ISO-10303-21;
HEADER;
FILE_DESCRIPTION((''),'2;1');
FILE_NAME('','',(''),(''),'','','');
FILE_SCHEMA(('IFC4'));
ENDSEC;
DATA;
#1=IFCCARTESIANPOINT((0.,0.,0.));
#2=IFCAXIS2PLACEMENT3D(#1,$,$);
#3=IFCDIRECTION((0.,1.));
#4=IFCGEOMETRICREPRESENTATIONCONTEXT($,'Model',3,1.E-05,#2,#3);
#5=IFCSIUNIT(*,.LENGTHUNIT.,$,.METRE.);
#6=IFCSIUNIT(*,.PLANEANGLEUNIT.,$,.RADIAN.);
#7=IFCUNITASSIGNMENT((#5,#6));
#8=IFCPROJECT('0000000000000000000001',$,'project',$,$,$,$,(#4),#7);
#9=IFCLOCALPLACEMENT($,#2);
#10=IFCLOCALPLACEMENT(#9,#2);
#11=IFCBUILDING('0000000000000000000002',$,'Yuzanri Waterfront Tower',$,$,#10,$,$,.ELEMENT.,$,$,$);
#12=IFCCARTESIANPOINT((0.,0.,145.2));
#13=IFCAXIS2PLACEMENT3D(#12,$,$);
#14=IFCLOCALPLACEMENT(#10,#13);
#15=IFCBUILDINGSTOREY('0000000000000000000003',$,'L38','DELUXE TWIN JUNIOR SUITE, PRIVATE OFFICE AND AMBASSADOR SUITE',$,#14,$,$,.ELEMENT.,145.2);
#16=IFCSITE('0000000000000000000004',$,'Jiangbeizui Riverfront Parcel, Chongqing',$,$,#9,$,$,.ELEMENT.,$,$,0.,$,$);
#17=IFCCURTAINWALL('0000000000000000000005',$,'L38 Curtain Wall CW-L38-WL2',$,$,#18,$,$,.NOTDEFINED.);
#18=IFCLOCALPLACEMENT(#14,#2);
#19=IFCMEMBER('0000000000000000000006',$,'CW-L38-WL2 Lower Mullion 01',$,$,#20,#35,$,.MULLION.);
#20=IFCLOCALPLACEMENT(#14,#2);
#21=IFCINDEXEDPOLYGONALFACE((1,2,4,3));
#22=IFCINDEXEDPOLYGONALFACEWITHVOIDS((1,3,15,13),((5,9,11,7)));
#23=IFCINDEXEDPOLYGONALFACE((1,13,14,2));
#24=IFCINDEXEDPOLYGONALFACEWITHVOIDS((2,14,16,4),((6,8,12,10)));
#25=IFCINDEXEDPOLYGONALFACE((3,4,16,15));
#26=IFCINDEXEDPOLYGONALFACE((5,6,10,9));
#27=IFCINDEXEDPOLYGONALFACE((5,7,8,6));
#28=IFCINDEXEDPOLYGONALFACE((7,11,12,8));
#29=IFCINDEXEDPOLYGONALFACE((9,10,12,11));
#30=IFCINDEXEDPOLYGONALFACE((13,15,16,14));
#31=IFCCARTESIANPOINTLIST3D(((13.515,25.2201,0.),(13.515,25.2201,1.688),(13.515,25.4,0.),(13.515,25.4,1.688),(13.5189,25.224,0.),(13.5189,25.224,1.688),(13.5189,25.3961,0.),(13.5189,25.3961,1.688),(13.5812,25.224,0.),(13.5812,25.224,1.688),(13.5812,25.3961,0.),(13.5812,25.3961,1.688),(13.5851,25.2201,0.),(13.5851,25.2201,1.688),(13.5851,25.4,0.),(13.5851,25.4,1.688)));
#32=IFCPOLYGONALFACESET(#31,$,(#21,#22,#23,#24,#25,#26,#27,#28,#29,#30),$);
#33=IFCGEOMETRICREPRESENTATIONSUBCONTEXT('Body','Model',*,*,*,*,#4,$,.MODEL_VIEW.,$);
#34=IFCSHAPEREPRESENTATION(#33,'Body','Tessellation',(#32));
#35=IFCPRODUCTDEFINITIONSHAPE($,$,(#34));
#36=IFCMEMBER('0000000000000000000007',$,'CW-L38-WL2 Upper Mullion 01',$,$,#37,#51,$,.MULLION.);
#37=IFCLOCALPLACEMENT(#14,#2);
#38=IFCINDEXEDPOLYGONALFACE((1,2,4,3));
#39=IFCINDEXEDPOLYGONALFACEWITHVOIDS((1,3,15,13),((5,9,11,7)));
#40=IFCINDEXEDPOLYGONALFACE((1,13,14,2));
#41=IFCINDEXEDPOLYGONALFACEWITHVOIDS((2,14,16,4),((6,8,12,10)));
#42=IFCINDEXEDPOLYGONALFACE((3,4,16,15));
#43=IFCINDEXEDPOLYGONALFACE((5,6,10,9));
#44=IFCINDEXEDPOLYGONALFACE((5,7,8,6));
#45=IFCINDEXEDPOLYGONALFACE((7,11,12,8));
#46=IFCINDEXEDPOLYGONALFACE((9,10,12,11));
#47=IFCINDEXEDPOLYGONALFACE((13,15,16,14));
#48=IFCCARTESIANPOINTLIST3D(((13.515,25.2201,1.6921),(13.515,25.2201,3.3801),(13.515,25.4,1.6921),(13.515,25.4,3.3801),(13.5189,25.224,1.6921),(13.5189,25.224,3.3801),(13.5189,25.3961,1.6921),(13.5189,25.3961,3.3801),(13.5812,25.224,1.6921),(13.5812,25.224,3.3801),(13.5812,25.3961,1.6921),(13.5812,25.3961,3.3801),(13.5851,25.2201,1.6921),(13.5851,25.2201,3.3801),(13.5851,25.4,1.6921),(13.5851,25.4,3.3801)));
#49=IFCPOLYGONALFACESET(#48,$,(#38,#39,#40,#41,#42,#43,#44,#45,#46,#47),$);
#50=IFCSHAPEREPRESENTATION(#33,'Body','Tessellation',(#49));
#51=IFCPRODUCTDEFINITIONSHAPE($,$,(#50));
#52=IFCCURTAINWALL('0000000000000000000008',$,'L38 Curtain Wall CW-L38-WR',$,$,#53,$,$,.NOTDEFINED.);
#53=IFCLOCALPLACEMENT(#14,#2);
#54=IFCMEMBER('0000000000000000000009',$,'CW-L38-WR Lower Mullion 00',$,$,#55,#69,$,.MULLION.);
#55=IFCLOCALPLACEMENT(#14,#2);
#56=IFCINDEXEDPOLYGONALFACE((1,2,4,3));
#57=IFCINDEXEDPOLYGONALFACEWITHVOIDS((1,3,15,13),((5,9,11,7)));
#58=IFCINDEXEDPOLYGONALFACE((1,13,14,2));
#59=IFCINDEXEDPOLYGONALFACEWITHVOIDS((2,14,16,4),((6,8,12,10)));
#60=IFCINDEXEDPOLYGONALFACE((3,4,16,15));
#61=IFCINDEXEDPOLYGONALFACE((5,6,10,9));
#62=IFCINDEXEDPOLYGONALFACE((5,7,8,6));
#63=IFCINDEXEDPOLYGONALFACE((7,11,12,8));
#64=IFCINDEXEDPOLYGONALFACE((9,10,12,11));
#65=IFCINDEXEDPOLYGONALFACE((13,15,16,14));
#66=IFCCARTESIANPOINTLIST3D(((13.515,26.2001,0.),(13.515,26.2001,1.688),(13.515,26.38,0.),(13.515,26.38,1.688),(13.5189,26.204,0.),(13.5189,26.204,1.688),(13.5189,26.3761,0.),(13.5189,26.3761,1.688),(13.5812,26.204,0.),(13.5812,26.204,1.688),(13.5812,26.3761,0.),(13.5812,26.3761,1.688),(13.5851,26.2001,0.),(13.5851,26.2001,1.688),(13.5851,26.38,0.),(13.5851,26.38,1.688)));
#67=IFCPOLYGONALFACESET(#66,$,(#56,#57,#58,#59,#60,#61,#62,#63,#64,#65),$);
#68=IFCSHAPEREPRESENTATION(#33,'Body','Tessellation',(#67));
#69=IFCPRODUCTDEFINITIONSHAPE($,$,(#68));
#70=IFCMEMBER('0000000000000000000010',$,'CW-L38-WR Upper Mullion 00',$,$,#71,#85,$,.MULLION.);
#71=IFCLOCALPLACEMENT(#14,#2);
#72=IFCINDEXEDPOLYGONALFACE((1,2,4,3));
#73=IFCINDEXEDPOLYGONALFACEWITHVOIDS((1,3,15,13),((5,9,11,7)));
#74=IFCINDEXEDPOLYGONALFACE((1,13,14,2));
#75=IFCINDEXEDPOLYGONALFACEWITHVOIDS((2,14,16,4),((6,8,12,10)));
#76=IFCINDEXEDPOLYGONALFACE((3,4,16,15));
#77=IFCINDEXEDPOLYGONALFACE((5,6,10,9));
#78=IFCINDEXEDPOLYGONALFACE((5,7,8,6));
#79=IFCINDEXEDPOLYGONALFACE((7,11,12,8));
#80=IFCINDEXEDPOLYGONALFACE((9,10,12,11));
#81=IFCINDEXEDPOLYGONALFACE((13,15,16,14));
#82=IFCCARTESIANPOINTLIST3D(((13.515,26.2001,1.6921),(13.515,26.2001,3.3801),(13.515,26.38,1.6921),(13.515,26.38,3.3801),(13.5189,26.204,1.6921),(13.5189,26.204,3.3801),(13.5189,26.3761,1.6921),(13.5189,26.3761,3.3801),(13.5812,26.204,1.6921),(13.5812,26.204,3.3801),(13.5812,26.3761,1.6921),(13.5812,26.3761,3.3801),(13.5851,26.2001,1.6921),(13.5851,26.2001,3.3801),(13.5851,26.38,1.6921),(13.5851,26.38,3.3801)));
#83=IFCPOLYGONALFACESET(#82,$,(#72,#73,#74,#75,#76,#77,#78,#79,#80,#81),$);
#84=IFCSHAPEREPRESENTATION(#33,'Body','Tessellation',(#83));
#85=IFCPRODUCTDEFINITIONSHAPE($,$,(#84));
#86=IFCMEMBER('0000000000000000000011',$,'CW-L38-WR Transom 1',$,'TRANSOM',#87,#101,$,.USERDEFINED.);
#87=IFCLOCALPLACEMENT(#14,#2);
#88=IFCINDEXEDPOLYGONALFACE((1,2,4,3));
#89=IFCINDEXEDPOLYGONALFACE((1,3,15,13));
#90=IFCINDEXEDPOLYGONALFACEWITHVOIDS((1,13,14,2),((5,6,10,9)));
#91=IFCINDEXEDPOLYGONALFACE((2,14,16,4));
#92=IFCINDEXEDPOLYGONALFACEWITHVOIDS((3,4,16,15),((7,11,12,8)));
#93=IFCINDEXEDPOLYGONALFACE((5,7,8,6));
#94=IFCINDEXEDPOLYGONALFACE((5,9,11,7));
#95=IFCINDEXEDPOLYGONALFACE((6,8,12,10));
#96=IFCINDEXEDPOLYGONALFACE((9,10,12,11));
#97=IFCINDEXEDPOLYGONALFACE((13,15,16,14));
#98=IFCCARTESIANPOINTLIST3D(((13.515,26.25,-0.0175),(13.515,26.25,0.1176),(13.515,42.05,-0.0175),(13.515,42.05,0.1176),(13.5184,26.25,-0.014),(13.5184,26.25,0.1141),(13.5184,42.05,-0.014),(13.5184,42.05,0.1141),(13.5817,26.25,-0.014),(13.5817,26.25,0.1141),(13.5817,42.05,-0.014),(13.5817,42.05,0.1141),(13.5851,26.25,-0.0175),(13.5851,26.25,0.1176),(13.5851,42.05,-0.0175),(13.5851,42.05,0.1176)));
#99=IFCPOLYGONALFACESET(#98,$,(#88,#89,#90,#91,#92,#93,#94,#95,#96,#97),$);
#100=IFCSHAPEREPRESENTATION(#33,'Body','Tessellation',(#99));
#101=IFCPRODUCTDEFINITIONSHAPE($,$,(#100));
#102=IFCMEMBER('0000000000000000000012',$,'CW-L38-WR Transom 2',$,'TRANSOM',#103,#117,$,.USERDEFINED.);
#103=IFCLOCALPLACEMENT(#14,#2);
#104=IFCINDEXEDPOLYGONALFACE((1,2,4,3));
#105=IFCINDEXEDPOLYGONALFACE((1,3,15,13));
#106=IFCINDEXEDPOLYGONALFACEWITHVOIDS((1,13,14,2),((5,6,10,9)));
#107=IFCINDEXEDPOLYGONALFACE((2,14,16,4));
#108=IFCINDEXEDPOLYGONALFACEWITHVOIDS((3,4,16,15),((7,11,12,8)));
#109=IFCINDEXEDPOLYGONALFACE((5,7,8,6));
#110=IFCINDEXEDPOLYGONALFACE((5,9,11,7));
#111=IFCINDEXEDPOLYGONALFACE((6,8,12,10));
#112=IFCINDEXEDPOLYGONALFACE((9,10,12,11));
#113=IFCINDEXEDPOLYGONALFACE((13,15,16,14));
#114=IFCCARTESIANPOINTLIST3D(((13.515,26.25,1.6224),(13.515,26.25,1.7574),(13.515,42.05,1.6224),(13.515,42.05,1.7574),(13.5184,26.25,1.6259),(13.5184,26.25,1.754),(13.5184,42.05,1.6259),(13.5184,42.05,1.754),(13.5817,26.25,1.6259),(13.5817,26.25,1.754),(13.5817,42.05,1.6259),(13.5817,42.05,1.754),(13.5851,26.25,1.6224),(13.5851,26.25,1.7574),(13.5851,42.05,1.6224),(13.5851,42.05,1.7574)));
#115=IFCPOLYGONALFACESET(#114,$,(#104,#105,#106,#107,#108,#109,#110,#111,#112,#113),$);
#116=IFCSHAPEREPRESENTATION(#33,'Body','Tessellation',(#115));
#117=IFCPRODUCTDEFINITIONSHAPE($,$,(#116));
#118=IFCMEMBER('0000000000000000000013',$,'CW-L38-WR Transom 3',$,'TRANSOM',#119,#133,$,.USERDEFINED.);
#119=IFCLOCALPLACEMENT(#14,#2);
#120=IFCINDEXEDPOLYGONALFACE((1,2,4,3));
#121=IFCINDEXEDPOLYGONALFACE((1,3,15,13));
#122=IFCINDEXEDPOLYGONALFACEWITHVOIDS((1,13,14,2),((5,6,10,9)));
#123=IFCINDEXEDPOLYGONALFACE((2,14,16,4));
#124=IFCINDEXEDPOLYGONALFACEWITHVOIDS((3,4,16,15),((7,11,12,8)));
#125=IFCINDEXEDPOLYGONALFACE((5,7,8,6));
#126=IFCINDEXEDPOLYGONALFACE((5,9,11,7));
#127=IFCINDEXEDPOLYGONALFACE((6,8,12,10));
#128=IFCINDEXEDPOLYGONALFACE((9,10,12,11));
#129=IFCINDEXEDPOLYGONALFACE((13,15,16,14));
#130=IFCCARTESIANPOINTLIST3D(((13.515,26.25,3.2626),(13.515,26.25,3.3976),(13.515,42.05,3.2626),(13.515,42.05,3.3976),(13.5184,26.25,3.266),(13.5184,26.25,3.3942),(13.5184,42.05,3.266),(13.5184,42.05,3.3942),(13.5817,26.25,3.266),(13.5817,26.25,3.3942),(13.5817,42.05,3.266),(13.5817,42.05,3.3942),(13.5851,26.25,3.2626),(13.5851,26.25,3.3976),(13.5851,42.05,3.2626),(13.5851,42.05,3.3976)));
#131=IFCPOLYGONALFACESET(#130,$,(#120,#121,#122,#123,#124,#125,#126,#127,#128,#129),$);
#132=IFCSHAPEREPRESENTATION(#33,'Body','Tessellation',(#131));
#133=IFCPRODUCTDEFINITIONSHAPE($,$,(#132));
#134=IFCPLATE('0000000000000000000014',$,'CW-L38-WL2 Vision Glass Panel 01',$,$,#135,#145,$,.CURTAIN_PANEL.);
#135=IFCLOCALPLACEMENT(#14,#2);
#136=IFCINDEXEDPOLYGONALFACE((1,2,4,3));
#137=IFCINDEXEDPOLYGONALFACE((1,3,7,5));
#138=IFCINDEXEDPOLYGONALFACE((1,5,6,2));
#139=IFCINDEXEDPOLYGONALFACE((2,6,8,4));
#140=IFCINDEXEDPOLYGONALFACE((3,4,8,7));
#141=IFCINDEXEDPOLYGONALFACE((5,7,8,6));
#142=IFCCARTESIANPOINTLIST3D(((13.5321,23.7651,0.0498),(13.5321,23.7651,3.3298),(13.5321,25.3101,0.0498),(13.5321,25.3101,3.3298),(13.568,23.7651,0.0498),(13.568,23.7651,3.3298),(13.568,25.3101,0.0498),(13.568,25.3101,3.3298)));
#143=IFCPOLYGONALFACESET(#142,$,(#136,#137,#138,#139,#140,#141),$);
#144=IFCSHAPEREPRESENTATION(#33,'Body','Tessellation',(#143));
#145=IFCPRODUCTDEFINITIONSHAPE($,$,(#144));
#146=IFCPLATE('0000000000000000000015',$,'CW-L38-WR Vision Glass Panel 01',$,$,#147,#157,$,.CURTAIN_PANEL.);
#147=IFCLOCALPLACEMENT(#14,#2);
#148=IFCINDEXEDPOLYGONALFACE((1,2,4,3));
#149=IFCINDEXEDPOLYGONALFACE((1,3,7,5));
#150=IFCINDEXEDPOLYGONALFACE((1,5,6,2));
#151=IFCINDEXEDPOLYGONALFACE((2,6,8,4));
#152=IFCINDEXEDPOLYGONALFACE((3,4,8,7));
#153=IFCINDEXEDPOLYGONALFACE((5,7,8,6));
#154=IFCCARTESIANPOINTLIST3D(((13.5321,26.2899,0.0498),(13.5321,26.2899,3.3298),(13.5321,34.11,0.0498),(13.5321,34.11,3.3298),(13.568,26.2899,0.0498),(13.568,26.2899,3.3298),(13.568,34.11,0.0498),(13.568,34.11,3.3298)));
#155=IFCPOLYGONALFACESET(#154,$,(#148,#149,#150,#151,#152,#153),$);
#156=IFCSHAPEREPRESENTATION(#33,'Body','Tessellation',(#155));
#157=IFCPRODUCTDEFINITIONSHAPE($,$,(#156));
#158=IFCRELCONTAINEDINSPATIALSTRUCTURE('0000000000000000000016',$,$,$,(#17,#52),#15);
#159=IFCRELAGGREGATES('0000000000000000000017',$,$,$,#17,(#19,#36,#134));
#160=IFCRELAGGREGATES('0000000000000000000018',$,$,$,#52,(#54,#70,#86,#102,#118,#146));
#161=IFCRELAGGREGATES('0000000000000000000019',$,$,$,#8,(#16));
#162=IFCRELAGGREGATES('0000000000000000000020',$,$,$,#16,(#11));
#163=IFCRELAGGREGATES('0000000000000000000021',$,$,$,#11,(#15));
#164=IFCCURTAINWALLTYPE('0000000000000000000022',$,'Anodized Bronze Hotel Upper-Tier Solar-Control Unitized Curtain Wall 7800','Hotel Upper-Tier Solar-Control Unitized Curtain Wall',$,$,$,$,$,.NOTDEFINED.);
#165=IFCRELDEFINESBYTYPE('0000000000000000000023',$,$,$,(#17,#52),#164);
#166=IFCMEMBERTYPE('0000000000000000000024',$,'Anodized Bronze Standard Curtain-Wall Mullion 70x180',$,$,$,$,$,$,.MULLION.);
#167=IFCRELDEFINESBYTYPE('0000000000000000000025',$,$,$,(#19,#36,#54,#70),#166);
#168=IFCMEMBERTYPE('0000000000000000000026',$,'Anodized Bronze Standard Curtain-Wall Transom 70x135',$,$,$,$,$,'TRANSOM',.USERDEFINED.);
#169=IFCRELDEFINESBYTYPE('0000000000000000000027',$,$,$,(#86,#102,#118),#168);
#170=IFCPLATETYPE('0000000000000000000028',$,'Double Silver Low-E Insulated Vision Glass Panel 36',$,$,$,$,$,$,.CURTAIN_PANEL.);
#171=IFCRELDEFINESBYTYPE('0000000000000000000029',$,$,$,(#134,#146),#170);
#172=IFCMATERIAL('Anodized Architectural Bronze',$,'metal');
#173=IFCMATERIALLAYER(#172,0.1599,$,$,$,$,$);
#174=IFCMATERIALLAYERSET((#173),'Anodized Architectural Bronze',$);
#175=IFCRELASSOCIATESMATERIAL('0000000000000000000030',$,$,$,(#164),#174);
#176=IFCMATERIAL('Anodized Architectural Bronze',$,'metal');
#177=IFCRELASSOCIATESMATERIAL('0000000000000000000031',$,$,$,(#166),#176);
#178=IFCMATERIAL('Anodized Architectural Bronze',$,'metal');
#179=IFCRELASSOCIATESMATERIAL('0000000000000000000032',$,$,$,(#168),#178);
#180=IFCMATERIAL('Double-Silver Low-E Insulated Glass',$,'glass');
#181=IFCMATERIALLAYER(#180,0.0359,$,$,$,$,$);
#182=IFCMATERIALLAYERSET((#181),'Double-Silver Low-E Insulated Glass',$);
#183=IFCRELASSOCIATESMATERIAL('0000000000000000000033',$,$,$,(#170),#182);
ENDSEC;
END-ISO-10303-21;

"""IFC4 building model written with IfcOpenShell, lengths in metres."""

from ifc_helpers import new_model, si_unit, direction, frame, origin, origin_2d, place, context, subcontext, project, spatial, rectangle, hollow_rectangle, extrude, source, transform, mapped, material, layer, layer_set, material_profile, profile_set, type_object, element, aggregate, save


model = new_model("IFC4")

# Units and contexts
model_context = context("Model", 3, precision=1e-05, world=origin(), true_north=direction((0.0, 1.0)))
body_context = subcontext(model_context, "Body", "Model", "MODEL_VIEW")
ifc_project = project(units=[si_unit("LENGTHUNIT", "METRE"), si_unit("PLANEANGLEUNIT", "RADIAN")], contexts=[model_context])

# Site, building, storey
site_placement = place(None, origin())
site = spatial("IfcSite", under=ifc_project, at=site_placement, Name="Jiangbeizui Riverfront Parcel, Chongqing", CompositionType="ELEMENT", RefElevation=0.0)
building_placement = place(site_placement, origin())
building = spatial("IfcBuilding", under=site, at=building_placement, Name="Yuzanri Waterfront Tower", CompositionType="ELEMENT")
storey_placement = place(building_placement, frame((0.0, 0.0, 145.2)))
storey = spatial("IfcBuildingStorey", under=building, at=storey_placement, Name="L38", Description="DELUXE TWIN JUNIOR SUITE, PRIVATE OFFICE AND AMBASSADOR SUITE", CompositionType="ELEMENT", Elevation=145.2)

# Curtain walls, members
ifc_material_1 = material(Name="Anodized Architectural Bronze", Category="metal")
ifc_layer_1 = layer(ifc_material_1, 0.1599)
ifc_layer_set_1 = layer_set([ifc_layer_1], Name="Anodized Architectural Bronze")
curtain_wall_type = type_object("IfcCurtainWallType", Name="Anodized Bronze Hotel Upper-Tier Solar-Control Unitized Curtain Wall 7800", Description="Hotel Upper-Tier Solar-Control Unitized Curtain Wall", PredefinedType="NOTDEFINED", material=ifc_layer_set_1)
curtain_wall_1_placement = place(storey_placement, origin())
curtain_wall_1 = element("IfcCurtainWall", 1, at=curtain_wall_1_placement, inside=storey, type_object=curtain_wall_type, Name="L38 Curtain Wall CW-L38-WL2", PredefinedType="NOTDEFINED")
ifc_material_2 = material(Name="Anodized Architectural Bronze", Category="metal")
ifc_material_profile_1 = material_profile(ifc_material_2, hollow_rectangle(XDim=0.0701, YDim=0.1799, WallThickness=0.0039, at=origin_2d()), Name="CWM 70x180")
ifc_profile_set_1 = profile_set([ifc_material_profile_1], Name="Anodized Architectural Bronze")
member_type_1 = type_object("IfcMemberType", Name="Anodized Bronze Standard Curtain-Wall Mullion 70x180", PredefinedType="MULLION", material=ifc_profile_set_1)
shared_shape_1 = source(origin(), body_context, "Body", "SweptSolid", [
    extrude(hollow_rectangle(XDim=0.0701, YDim=0.1799, WallThickness=0.0039, at=origin_2d()), origin(), (0.0, 0.0, 1.0), 1.688),
])
member_1_placement = place(storey_placement, frame((13.55, 25.3101, 0.0), z_axis=(0.0, 0.0, 1.0), x_axis=(1.0, 0.0, 0.0)))
member_1 = element("IfcMember", 2, at=member_1_placement, type_object=member_type_1, Name="CW-L38-WL2 Lower Mullion 01", PredefinedType="MULLION", context=body_context, shape_type="MappedRepresentation", body=[
    mapped(shared_shape_1, transform((0.0, 0.0, 0.0), scale=1.0)),
])
member_2_placement = place(storey_placement, frame((13.55, 25.3101, 1.6921), z_axis=(0.0, 0.0, 1.0), x_axis=(1.0, 0.0, 0.0)))
member_2 = element("IfcMember", 3, at=member_2_placement, type_object=member_type_1, Name="CW-L38-WL2 Upper Mullion 01", PredefinedType="MULLION", context=body_context, shape_type="MappedRepresentation", body=[
    mapped(shared_shape_1, transform((0.0, 0.0, 0.0), scale=1.0)),
])
curtain_wall_2_placement = place(storey_placement, origin())
curtain_wall_2 = element("IfcCurtainWall", 4, at=curtain_wall_2_placement, inside=storey, type_object=curtain_wall_type, Name="L38 Curtain Wall CW-L38-WR", PredefinedType="NOTDEFINED")
member_3_placement = place(storey_placement, frame((13.55, 26.29, 0.0), z_axis=(0.0, 0.0, 1.0), x_axis=(1.0, 0.0, 0.0)))
member_3 = element("IfcMember", 5, at=member_3_placement, type_object=member_type_1, Name="CW-L38-WR Lower Mullion 00", PredefinedType="MULLION", context=body_context, shape_type="MappedRepresentation", body=[
    mapped(shared_shape_1, transform((0.0, 0.0, 0.0), scale=1.0)),
])
member_4_placement = place(storey_placement, frame((13.55, 26.29, 1.6921), z_axis=(0.0, 0.0, 1.0), x_axis=(1.0, 0.0, 0.0)))
member_4 = element("IfcMember", 6, at=member_4_placement, type_object=member_type_1, Name="CW-L38-WR Upper Mullion 00", PredefinedType="MULLION", context=body_context, shape_type="MappedRepresentation", body=[
    mapped(shared_shape_1, transform((0.0, 0.0, 0.0), scale=1.0)),
])
ifc_material_3 = material(Name="Anodized Architectural Bronze", Category="metal")
ifc_material_profile_2 = material_profile(ifc_material_3, hollow_rectangle(XDim=0.0701, YDim=0.135, WallThickness=0.0034, at=origin_2d()), Name="CWT 70x135")
ifc_profile_set_2 = profile_set([ifc_material_profile_2], Name="Anodized Architectural Bronze")
member_type_2 = type_object("IfcMemberType", Name="Anodized Bronze Standard Curtain-Wall Transom 70x135", ElementType="TRANSOM", PredefinedType="USERDEFINED", material=ifc_profile_set_2)
shared_shape_2 = source(origin(), body_context, "Body", "SweptSolid", [
    extrude(hollow_rectangle(XDim=0.0701, YDim=0.135, WallThickness=0.0034, at=origin_2d()), origin(), (0.0, 0.0, 1.0), 15.8),
])
member_5_placement = place(storey_placement, frame((13.55, 26.25, 0.05), z_axis=(0.0, 1.0, 0.0), x_axis=(-1.0, 0.0, 0.0)))
member_5 = element("IfcMember", 7, at=member_5_placement, type_object=member_type_2, Name="CW-L38-WR Transom 1", ObjectType="TRANSOM", PredefinedType="USERDEFINED", context=body_context, shape_type="MappedRepresentation", body=[
    mapped(shared_shape_2, transform((0.0, 0.0, 0.0), scale=1.0)),
])
member_6_placement = place(storey_placement, frame((13.55, 26.25, 1.6899), z_axis=(0.0, 1.0, 0.0), x_axis=(-1.0, 0.0, 0.0)))
member_6 = element("IfcMember", 8, at=member_6_placement, type_object=member_type_2, Name="CW-L38-WR Transom 2", ObjectType="TRANSOM", PredefinedType="USERDEFINED", context=body_context, shape_type="MappedRepresentation", body=[
    mapped(shared_shape_2, transform((0.0, 0.0, 0.0), scale=1.0)),
])
member_7_placement = place(storey_placement, frame((13.55, 26.25, 3.3301), z_axis=(0.0, 1.0, 0.0), x_axis=(-1.0, 0.0, 0.0)))
member_7 = element("IfcMember", 9, at=member_7_placement, type_object=member_type_2, Name="CW-L38-WR Transom 3", ObjectType="TRANSOM", PredefinedType="USERDEFINED", context=body_context, shape_type="MappedRepresentation", body=[
    mapped(shared_shape_2, transform((0.0, 0.0, 0.0), scale=1.0)),
])

# Plates
ifc_material_4 = material(Name="Double-Silver Low-E Insulated Glass", Category="glass")
ifc_layer_2 = layer(ifc_material_4, 0.0359)
ifc_layer_set_2 = layer_set([ifc_layer_2], Name="Double-Silver Low-E Insulated Glass")
plate_type = type_object("IfcPlateType", Name="Double Silver Low-E Insulated Vision Glass Panel 36", PredefinedType="CURTAIN_PANEL", material=ifc_layer_set_2)
shared_shape_3 = source(origin(), body_context, "Body", "SweptSolid", [
    extrude(rectangle(XDim=1.5449, YDim=0.0359, at=origin_2d()), origin(), (0.0, 0.0, 1.0), 3.28),
])
plate_1_placement = place(storey_placement, frame((13.55, 24.5376, 0.0498), z_axis=(0.0, 0.0, 1.0), x_axis=(0.0, 1.0, 0.0)))
plate_1 = element("IfcPlate", 10, at=plate_1_placement, type_object=plate_type, Name="CW-L38-WL2 Vision Glass Panel 01", PredefinedType="CURTAIN_PANEL", context=body_context, shape_type="MappedRepresentation", body=[
    mapped(shared_shape_3, transform((0.0, 0.0, 0.0), scale=1.0)),
])
aggregate(curtain_wall_1, [member_1, member_2, plate_1])
shared_shape_4 = source(origin(), body_context, "Body", "SweptSolid", [
    extrude(rectangle(XDim=7.8201, YDim=0.0359, at=origin_2d()), origin(), (0.0, 0.0, 1.0), 3.28),
])
plate_2_placement = place(storey_placement, frame((13.55, 30.2, 0.0498), z_axis=(0.0, 0.0, 1.0), x_axis=(0.0, 1.0, 0.0)))
plate_2 = element("IfcPlate", 11, at=plate_2_placement, type_object=plate_type, Name="CW-L38-WR Vision Glass Panel 01", PredefinedType="CURTAIN_PANEL", context=body_context, shape_type="MappedRepresentation", body=[
    mapped(shared_shape_4, transform((0.0, 0.0, 0.0), scale=1.0)),
])
aggregate(curtain_wall_2, [member_3, member_4, member_5, member_6, member_7, plate_2])

save(model, "model.ifc")
